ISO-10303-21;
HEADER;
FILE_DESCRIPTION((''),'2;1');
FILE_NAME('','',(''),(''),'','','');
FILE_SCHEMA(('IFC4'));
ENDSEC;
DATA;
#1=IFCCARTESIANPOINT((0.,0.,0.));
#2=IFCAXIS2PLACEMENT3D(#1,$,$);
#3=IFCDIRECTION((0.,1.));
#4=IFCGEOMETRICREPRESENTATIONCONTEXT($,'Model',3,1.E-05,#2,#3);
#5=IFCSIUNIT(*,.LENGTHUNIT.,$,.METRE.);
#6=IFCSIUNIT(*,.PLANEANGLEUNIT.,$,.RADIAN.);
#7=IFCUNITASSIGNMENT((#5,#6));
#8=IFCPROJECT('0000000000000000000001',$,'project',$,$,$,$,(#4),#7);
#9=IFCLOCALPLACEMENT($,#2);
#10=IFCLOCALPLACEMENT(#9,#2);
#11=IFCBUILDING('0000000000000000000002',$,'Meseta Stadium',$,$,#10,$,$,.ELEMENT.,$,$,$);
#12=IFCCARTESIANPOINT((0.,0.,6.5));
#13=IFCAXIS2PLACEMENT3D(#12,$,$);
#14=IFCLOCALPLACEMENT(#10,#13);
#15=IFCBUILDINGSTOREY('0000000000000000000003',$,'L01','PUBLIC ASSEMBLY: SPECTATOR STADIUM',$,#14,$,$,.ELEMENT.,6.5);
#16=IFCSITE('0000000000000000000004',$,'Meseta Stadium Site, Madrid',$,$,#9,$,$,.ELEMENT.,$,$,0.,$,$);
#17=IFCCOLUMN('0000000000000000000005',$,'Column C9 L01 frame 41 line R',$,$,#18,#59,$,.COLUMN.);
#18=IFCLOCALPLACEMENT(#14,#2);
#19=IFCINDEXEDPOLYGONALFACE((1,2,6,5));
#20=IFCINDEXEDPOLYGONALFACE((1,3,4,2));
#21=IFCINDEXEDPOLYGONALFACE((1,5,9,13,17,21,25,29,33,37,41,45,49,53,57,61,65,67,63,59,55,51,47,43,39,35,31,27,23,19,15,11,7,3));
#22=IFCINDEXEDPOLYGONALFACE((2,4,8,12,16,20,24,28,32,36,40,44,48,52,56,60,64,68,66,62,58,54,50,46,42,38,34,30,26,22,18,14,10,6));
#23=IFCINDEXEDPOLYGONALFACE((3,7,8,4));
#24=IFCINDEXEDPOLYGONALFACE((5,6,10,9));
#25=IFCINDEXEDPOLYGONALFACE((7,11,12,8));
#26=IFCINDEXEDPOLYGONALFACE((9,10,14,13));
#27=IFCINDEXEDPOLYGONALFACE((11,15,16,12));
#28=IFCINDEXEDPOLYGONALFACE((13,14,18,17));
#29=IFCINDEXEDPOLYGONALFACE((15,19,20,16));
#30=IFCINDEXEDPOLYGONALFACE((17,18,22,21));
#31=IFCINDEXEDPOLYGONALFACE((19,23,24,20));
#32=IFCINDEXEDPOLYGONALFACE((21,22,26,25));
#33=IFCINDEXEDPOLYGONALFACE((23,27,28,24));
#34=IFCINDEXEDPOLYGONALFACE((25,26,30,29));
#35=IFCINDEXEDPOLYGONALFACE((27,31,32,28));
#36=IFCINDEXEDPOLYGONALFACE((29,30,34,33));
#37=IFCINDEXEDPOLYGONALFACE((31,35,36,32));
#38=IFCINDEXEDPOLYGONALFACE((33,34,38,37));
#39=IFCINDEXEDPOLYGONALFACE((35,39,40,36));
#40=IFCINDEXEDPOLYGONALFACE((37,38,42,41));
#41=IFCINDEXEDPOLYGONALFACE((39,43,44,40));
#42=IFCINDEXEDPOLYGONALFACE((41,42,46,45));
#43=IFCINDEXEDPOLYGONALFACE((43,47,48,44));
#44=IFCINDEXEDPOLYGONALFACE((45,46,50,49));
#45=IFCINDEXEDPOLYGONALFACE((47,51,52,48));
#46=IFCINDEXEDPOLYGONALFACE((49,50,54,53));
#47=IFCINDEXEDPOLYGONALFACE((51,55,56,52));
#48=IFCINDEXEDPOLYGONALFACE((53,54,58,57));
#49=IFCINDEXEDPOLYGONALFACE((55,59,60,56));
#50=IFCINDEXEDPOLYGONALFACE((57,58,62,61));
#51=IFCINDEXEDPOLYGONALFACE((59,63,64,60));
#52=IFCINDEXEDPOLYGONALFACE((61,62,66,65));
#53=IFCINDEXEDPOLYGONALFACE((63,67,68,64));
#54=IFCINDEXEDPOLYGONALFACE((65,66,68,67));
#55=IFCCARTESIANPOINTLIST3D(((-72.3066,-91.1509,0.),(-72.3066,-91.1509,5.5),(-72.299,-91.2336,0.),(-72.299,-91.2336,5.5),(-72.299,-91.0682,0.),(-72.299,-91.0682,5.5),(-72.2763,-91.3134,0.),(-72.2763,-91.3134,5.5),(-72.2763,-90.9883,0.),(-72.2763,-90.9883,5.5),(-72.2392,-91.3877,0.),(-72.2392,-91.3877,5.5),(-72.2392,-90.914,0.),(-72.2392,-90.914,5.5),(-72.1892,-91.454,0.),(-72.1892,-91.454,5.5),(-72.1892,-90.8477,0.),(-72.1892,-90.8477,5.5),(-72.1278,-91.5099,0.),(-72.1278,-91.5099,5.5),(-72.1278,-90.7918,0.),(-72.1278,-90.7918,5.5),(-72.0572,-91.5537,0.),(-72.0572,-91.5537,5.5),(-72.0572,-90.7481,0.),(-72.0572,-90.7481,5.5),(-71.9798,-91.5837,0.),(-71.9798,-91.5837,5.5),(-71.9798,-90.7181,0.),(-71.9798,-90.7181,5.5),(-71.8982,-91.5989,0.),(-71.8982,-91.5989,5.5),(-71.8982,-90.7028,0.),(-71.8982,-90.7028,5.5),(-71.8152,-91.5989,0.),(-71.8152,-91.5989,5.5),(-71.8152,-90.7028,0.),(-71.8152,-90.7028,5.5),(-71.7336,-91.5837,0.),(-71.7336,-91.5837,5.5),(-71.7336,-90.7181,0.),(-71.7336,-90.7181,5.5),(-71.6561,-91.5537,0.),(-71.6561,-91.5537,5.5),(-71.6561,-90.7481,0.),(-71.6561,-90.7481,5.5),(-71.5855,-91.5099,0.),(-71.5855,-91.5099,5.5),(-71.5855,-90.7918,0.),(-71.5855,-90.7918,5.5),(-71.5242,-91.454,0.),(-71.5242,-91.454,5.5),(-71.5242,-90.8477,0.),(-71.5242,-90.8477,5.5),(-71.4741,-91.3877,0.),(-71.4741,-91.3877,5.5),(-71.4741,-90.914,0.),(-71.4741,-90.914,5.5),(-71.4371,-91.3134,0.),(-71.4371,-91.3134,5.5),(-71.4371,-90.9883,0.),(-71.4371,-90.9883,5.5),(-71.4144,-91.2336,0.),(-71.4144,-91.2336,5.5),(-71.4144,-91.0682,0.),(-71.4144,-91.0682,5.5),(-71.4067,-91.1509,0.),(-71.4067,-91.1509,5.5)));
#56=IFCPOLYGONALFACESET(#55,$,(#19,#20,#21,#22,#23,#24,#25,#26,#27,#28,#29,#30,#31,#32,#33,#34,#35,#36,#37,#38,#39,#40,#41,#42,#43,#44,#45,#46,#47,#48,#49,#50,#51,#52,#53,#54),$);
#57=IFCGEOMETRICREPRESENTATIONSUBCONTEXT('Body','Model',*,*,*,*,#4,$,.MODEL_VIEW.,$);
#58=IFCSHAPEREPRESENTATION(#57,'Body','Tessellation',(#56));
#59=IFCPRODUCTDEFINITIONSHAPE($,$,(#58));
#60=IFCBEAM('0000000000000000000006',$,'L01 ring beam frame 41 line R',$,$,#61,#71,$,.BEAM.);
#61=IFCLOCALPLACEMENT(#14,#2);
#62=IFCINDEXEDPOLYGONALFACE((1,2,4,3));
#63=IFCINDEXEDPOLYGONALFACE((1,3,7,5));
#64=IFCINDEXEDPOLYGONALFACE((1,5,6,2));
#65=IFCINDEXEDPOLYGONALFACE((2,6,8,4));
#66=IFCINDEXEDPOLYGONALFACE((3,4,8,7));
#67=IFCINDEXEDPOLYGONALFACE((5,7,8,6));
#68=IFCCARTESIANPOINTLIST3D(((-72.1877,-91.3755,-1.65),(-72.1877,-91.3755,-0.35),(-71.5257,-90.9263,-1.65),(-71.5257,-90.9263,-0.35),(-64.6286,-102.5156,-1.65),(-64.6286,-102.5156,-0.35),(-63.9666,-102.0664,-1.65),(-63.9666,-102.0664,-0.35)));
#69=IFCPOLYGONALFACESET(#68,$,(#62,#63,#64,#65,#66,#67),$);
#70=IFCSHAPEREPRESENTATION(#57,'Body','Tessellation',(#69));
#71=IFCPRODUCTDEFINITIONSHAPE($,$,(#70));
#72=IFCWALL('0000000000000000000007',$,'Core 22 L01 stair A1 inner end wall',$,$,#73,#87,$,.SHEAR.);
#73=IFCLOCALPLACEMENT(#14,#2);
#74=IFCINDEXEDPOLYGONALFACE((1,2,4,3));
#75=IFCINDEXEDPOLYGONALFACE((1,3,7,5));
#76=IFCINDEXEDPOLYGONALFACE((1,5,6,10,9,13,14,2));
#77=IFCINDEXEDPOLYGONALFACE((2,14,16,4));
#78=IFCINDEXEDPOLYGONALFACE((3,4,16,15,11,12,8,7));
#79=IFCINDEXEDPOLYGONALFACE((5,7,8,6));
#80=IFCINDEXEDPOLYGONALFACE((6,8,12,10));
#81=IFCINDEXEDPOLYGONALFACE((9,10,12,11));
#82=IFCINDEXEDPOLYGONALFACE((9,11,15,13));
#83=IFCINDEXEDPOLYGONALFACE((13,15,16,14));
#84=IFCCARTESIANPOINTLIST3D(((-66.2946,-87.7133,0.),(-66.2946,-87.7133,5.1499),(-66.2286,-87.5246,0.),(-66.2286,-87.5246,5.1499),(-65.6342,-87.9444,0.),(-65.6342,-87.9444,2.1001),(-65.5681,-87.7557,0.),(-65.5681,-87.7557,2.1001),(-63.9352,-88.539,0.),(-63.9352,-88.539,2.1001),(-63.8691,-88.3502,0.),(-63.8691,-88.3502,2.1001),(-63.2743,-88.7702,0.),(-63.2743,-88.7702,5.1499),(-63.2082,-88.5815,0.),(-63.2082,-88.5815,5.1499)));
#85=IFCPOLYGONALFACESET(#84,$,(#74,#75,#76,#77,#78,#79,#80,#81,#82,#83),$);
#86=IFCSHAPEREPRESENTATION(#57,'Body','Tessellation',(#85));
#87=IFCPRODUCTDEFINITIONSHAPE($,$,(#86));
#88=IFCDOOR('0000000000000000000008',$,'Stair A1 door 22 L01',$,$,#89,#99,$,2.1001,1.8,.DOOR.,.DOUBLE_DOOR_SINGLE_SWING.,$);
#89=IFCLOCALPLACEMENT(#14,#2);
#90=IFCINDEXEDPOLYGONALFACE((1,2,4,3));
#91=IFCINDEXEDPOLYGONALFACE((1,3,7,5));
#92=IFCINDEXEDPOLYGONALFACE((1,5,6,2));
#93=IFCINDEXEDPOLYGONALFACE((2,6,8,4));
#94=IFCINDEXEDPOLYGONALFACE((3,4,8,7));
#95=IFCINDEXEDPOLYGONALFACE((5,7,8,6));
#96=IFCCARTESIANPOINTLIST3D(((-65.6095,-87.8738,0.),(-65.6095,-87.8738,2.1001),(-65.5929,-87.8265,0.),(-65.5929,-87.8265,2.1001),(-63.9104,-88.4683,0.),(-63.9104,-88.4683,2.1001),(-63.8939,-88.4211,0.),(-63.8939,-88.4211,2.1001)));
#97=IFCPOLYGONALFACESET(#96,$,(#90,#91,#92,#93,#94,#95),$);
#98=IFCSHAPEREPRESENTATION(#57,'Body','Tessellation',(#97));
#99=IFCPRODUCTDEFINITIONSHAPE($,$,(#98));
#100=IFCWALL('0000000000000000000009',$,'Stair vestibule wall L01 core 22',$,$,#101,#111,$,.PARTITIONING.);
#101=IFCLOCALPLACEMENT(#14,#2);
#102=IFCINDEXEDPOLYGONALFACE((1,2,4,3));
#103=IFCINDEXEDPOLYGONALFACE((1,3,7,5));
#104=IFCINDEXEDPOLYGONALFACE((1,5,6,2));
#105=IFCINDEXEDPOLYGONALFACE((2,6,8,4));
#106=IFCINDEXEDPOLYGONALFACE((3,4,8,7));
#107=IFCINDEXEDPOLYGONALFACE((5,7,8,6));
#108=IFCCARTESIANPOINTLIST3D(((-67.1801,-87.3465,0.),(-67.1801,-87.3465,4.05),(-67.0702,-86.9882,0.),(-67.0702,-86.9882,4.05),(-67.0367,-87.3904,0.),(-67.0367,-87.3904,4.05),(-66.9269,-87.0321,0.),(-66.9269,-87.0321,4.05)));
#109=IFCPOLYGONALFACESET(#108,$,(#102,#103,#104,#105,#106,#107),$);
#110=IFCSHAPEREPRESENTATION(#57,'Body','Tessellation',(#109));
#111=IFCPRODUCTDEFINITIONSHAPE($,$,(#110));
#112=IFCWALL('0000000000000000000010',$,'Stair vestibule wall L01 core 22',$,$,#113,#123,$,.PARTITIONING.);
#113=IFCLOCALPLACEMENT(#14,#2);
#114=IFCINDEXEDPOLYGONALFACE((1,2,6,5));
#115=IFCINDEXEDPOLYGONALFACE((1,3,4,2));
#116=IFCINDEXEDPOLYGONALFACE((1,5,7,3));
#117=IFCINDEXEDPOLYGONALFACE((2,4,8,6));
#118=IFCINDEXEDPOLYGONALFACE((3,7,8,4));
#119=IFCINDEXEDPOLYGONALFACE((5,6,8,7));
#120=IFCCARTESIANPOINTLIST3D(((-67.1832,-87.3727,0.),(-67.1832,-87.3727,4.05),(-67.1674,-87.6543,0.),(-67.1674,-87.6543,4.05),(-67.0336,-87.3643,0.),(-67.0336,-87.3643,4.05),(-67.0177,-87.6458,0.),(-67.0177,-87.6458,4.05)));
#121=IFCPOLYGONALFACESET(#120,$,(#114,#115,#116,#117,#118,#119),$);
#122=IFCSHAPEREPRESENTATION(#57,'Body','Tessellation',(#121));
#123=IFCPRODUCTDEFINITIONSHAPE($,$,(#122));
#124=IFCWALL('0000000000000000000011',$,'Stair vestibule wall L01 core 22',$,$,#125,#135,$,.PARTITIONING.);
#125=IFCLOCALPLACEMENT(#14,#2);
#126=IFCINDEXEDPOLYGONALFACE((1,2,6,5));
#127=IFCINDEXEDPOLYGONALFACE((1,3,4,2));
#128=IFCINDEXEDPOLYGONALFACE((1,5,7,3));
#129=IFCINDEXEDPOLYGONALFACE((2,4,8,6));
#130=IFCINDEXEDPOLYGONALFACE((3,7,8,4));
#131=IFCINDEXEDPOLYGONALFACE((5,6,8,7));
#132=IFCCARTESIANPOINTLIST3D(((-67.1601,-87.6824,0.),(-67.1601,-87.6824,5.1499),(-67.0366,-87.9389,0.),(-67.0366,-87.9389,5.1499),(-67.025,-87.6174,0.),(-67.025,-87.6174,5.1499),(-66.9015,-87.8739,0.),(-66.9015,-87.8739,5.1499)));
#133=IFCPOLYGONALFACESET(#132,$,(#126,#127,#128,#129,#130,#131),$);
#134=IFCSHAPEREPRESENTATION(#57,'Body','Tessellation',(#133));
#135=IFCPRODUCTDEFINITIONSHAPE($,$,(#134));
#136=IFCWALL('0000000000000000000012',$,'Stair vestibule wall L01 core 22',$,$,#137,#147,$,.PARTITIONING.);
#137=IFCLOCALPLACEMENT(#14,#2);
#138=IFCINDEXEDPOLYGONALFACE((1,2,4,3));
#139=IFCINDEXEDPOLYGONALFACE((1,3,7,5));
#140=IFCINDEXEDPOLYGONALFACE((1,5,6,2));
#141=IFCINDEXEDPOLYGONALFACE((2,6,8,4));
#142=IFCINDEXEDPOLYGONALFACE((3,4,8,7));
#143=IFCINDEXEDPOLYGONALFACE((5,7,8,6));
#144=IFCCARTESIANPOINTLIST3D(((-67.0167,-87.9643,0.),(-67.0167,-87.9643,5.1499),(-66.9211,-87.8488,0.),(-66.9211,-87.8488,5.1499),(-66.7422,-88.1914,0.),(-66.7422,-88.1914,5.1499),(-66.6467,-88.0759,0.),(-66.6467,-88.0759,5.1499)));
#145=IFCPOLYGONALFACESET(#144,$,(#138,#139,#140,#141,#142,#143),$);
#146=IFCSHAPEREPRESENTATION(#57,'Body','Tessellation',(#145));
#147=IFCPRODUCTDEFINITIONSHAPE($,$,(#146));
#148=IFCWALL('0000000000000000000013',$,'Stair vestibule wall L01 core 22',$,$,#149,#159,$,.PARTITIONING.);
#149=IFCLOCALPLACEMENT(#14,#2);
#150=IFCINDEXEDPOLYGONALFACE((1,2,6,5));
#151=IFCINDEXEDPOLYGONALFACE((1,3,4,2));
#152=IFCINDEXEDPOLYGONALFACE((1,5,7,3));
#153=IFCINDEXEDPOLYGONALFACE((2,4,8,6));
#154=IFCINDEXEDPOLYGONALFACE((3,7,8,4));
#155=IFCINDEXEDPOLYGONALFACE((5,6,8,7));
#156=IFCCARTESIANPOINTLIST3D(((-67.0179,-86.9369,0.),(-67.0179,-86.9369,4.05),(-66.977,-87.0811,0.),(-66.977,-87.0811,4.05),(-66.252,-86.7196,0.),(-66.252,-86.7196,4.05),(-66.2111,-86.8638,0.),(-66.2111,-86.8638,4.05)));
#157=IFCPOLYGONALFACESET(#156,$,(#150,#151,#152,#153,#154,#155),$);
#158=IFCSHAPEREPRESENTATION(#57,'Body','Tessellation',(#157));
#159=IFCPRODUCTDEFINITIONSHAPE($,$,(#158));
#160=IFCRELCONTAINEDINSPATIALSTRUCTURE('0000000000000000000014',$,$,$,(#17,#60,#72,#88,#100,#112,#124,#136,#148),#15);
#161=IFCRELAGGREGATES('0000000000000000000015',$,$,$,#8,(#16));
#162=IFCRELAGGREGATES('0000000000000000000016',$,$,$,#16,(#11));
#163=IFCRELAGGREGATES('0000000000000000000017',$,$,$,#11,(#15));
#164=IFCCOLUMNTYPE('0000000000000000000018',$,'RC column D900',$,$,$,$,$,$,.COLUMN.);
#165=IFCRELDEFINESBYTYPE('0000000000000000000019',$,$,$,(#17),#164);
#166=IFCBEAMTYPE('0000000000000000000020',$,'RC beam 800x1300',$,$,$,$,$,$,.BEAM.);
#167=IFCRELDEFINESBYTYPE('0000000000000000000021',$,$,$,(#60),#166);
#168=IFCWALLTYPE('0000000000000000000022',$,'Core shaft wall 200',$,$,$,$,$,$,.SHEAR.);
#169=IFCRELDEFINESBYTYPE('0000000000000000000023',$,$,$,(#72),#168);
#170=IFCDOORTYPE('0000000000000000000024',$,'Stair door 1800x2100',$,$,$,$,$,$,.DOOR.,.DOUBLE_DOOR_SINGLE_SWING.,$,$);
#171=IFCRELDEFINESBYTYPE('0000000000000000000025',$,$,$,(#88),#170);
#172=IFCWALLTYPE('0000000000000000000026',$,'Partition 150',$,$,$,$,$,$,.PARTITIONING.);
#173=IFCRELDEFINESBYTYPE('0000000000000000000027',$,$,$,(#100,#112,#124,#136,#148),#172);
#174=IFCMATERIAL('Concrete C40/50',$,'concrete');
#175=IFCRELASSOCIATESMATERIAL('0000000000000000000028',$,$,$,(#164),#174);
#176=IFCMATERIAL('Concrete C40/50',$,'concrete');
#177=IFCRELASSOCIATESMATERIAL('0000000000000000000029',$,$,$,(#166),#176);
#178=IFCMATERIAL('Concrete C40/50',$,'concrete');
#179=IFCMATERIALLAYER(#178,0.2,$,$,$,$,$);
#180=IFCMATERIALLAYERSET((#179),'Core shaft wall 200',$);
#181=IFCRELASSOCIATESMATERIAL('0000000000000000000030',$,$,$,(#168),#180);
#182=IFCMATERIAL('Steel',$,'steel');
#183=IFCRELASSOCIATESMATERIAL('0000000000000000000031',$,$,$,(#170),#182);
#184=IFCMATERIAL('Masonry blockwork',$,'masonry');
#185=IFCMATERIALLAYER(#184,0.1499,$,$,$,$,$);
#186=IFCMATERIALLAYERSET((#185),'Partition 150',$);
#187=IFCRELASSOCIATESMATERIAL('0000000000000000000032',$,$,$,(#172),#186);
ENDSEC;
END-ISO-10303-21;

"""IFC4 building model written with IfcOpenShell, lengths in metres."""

from ifc_helpers import new_model, si_unit, direction, frame, frame_2d, origin, origin_2d, place, context, subcontext, project, spatial, rectangle, circle, extrude, material, layer, layer_set, material_profile, profile_set, type_object, element, fill, save


model = new_model("IFC4")

# Units and contexts
model_context = context("Model", 3, precision=1e-05, world=origin(), true_north=direction((0.0, 1.0)))
body_context = subcontext(model_context, "Body", "Model", "MODEL_VIEW")
ifc_project = project(units=[si_unit("LENGTHUNIT", "METRE"), si_unit("PLANEANGLEUNIT", "RADIAN")], contexts=[model_context])

# Site, building, storey
site_placement = place(None, origin())
site = spatial("IfcSite", under=ifc_project, at=site_placement, Name="Meseta Stadium Site, Madrid", CompositionType="ELEMENT", RefElevation=0.0)
building_placement = place(site_placement, origin())
building = spatial("IfcBuilding", under=site, at=building_placement, Name="Meseta Stadium", CompositionType="ELEMENT")
storey_placement = place(building_placement, frame((0.0, 0.0, 6.5)))
storey = spatial("IfcBuildingStorey", under=building, at=storey_placement, Name="L01", Description="PUBLIC ASSEMBLY: SPECTATOR STADIUM", CompositionType="ELEMENT", Elevation=6.5)

# Column
ifc_material_1 = material(Name="Concrete C40/50", Category="concrete")
ifc_material_profile_1 = material_profile(ifc_material_1, circle(Radius=0.45, at=origin_2d()), Name="RC D900")
ifc_profile_set_1 = profile_set([ifc_material_profile_1], Name="Concrete C40/50")
column_type = type_object("IfcColumnType", Name="RC column D900", PredefinedType="COLUMN", material=ifc_profile_set_1)
column_placement = place(storey_placement, frame((-71.8567, -91.1509, 0.0), z_axis=(0.0, 0.0, 1.0), x_axis=(1.0, 0.0, 0.0)))
element("IfcColumn", 1, at=column_placement, inside=storey, type_object=column_type, Name="Column C9 L01 frame 41 line R", PredefinedType="COLUMN", context=body_context, shape_type="SweptSolid", body=[
    extrude(circle(Radius=0.45, at=origin_2d()), origin(), (0.0, 0.0, 1.0), 5.5),
])

# Beam
ifc_material_2 = material(Name="Concrete C40/50", Category="concrete")
ifc_material_profile_2 = material_profile(ifc_material_2, rectangle(XDim=0.8, YDim=1.3, at=origin_2d()), Name="RC 800x1300")
ifc_profile_set_2 = profile_set([ifc_material_profile_2], Name="Concrete C40/50")
beam_type = type_object("IfcBeamType", Name="RC beam 800x1300", PredefinedType="BEAM", material=ifc_profile_set_2)
beam_placement = place(storey_placement, frame((-71.8567, -91.1509, -1.0), z_axis=(0.561486, -0.827486, 0.0), x_axis=(0.827486, 0.561486, 0.0)))
element("IfcBeam", 2, at=beam_placement, inside=storey, type_object=beam_type, Name="L01 ring beam frame 41 line R", PredefinedType="BEAM", context=body_context, shape_type="SweptSolid", body=[
    extrude(rectangle(XDim=0.8, YDim=1.3, at=origin_2d()), origin(), (0.0, 0.0, 1.0), 13.4626),
])

# Wall, opening, door
ifc_material_3 = material(Name="Concrete C40/50", Category="concrete")
ifc_layer_1 = layer(ifc_material_3, 0.2)
ifc_layer_set_1 = layer_set([ifc_layer_1], Name="Core shaft wall 200")
wall_type_1 = type_object("IfcWallType", Name="Core shaft wall 200", PredefinedType="SHEAR", material=ifc_layer_set_1)
wall_1_placement = place(storey_placement, frame((-66.2617, -87.6189, 0.0), z_axis=(0.0, 0.0, 1.0), x_axis=(0.943879, -0.330293, 0.0)))
wall_1 = element("IfcWall", 3, at=wall_1_placement, inside=storey, type_object=wall_type_1, Name="Core 22 L01 stair A1 inner end wall", PredefinedType="SHEAR", context=body_context, shape_type="SweptSolid", body=[
    extrude(rectangle(XDim=3.2, YDim=0.2, at=frame_2d((1.6001, 0.0))), origin(), (0.0, 0.0, 1.0), 5.1499),
])
opening_1_placement = place(wall_1_placement, frame((0.7, 0.0, 0.0)))
opening_1 = element("IfcOpeningElement", 4, at=opening_1_placement, cuts=wall_1, PredefinedType="OPENING", context=body_context, shape_type="SweptSolid", body=[
    extrude(rectangle(XDim=1.8, YDim=2.1001, at=frame_2d((0.8999, 1.05))), frame((0.0, 0.1099, 0.0), z_axis=(0.0, -1.0, 0.0), x_axis=(1.0, 0.0, 0.0)), (0.0, 0.0, 1.0), 0.22),
])
ifc_material_4 = material(Name="Steel", Category="steel")
door_type_1 = type_object("IfcDoorType", Name="Stair door 1800x2100", OperationType="DOUBLE_DOOR_SINGLE_SWING", PredefinedType="DOOR", material=ifc_material_4)
door_1_placement = place(opening_1_placement, origin())
door_1 = element("IfcDoor", 5, at=door_1_placement, inside=storey, type_object=door_type_1, Name="Stair A1 door 22 L01", OperationType="DOUBLE_DOOR_SINGLE_SWING", OverallHeight=2.1001, OverallWidth=1.8, PredefinedType="DOOR", context=body_context, shape_type="SweptSolid", body=[
    extrude(rectangle(XDim=1.8, YDim=2.1001, at=frame_2d((0.8999, 1.05))), frame((0.0, 0.0249, 0.0), z_axis=(0.0, -1.0, 0.0), x_axis=(1.0, 0.0, 0.0)), (0.0, 0.0, 1.0), 0.05),
])
fill(opening_1, door_1)

# Walls
ifc_material_5 = material(Name="Masonry blockwork", Category="masonry")
ifc_layer_2 = layer(ifc_material_5, 0.1499)
ifc_layer_set_2 = layer_set([ifc_layer_2], Name="Partition 150")
wall_type_2 = type_object("IfcWallType", Name="Partition 150", PredefinedType="PARTITIONING", material=ifc_layer_set_2)
wall_2_placement = place(storey_placement, frame((-66.9985, -87.01, 0.0), z_axis=(0.0, 0.0, 1.0), x_axis=(-0.293079, -0.956088, 0.0)))
element("IfcWall", 6, at=wall_2_placement, inside=storey, type_object=wall_type_2, Name="Stair vestibule wall L01 core 22", PredefinedType="PARTITIONING", context=body_context, shape_type="SweptSolid", body=[
    extrude(rectangle(XDim=0.3748, YDim=0.1499, at=frame_2d((0.1875, 0.0))), origin(), (0.0, 0.0, 1.0), 4.05),
])
wall_3_placement = place(storey_placement, frame((-67.1084, -87.3684, 0.0), z_axis=(0.0, 0.0, 1.0), x_axis=(0.056285, -0.998415, 0.0)))
element("IfcWall", 7, at=wall_3_placement, inside=storey, type_object=wall_type_2, Name="Stair vestibule wall L01 core 22", PredefinedType="PARTITIONING", context=body_context, shape_type="SweptSolid", body=[
    extrude(rectangle(XDim=0.282, YDim=0.1499, at=frame_2d((0.1411, 0.0))), origin(), (0.0, 0.0, 1.0), 4.05),
])
wall_4_placement = place(storey_placement, frame((-67.0925, -87.6499, 0.0), z_axis=(0.0, 0.0, 1.0), x_axis=(0.43379, -0.901014, 0.0)))
element("IfcWall", 8, at=wall_4_placement, inside=storey, type_object=wall_type_2, Name="Stair vestibule wall L01 core 22", PredefinedType="PARTITIONING", context=body_context, shape_type="SweptSolid", body=[
    extrude(rectangle(XDim=0.2847, YDim=0.1499, at=frame_2d((0.1423, 0.0))), origin(), (0.0, 0.0, 1.0), 5.1499),
])
wall_5_placement = place(storey_placement, frame((-66.969, -87.9065, 0.0), z_axis=(0.0, 0.0, 1.0), x_axis=(0.770464, -0.637484, 0.0)))
element("IfcWall", 9, at=wall_5_placement, inside=storey, type_object=wall_type_2, Name="Stair vestibule wall L01 core 22", PredefinedType="PARTITIONING", context=body_context, shape_type="SweptSolid", body=[
    extrude(rectangle(XDim=0.3562, YDim=0.1499, at=frame_2d((0.1782, 0.0))), origin(), (0.0, 0.0, 1.0), 5.1499),
])
wall_6_placement = place(storey_placement, frame((-66.2317, -86.7917, 0.0), z_axis=(0.0, 0.0, 1.0), x_axis=(-0.962031, -0.272938, 0.0)))
element("IfcWall", 10, at=wall_6_placement, inside=storey, type_object=wall_type_2, Name="Stair vestibule wall L01 core 22", PredefinedType="PARTITIONING", context=body_context, shape_type="SweptSolid", body=[
    extrude(rectangle(XDim=0.7961, YDim=0.1499, at=frame_2d((0.3979, 0.0))), origin(), (0.0, 0.0, 1.0), 4.05),
])

save(model, "model.ifc")
